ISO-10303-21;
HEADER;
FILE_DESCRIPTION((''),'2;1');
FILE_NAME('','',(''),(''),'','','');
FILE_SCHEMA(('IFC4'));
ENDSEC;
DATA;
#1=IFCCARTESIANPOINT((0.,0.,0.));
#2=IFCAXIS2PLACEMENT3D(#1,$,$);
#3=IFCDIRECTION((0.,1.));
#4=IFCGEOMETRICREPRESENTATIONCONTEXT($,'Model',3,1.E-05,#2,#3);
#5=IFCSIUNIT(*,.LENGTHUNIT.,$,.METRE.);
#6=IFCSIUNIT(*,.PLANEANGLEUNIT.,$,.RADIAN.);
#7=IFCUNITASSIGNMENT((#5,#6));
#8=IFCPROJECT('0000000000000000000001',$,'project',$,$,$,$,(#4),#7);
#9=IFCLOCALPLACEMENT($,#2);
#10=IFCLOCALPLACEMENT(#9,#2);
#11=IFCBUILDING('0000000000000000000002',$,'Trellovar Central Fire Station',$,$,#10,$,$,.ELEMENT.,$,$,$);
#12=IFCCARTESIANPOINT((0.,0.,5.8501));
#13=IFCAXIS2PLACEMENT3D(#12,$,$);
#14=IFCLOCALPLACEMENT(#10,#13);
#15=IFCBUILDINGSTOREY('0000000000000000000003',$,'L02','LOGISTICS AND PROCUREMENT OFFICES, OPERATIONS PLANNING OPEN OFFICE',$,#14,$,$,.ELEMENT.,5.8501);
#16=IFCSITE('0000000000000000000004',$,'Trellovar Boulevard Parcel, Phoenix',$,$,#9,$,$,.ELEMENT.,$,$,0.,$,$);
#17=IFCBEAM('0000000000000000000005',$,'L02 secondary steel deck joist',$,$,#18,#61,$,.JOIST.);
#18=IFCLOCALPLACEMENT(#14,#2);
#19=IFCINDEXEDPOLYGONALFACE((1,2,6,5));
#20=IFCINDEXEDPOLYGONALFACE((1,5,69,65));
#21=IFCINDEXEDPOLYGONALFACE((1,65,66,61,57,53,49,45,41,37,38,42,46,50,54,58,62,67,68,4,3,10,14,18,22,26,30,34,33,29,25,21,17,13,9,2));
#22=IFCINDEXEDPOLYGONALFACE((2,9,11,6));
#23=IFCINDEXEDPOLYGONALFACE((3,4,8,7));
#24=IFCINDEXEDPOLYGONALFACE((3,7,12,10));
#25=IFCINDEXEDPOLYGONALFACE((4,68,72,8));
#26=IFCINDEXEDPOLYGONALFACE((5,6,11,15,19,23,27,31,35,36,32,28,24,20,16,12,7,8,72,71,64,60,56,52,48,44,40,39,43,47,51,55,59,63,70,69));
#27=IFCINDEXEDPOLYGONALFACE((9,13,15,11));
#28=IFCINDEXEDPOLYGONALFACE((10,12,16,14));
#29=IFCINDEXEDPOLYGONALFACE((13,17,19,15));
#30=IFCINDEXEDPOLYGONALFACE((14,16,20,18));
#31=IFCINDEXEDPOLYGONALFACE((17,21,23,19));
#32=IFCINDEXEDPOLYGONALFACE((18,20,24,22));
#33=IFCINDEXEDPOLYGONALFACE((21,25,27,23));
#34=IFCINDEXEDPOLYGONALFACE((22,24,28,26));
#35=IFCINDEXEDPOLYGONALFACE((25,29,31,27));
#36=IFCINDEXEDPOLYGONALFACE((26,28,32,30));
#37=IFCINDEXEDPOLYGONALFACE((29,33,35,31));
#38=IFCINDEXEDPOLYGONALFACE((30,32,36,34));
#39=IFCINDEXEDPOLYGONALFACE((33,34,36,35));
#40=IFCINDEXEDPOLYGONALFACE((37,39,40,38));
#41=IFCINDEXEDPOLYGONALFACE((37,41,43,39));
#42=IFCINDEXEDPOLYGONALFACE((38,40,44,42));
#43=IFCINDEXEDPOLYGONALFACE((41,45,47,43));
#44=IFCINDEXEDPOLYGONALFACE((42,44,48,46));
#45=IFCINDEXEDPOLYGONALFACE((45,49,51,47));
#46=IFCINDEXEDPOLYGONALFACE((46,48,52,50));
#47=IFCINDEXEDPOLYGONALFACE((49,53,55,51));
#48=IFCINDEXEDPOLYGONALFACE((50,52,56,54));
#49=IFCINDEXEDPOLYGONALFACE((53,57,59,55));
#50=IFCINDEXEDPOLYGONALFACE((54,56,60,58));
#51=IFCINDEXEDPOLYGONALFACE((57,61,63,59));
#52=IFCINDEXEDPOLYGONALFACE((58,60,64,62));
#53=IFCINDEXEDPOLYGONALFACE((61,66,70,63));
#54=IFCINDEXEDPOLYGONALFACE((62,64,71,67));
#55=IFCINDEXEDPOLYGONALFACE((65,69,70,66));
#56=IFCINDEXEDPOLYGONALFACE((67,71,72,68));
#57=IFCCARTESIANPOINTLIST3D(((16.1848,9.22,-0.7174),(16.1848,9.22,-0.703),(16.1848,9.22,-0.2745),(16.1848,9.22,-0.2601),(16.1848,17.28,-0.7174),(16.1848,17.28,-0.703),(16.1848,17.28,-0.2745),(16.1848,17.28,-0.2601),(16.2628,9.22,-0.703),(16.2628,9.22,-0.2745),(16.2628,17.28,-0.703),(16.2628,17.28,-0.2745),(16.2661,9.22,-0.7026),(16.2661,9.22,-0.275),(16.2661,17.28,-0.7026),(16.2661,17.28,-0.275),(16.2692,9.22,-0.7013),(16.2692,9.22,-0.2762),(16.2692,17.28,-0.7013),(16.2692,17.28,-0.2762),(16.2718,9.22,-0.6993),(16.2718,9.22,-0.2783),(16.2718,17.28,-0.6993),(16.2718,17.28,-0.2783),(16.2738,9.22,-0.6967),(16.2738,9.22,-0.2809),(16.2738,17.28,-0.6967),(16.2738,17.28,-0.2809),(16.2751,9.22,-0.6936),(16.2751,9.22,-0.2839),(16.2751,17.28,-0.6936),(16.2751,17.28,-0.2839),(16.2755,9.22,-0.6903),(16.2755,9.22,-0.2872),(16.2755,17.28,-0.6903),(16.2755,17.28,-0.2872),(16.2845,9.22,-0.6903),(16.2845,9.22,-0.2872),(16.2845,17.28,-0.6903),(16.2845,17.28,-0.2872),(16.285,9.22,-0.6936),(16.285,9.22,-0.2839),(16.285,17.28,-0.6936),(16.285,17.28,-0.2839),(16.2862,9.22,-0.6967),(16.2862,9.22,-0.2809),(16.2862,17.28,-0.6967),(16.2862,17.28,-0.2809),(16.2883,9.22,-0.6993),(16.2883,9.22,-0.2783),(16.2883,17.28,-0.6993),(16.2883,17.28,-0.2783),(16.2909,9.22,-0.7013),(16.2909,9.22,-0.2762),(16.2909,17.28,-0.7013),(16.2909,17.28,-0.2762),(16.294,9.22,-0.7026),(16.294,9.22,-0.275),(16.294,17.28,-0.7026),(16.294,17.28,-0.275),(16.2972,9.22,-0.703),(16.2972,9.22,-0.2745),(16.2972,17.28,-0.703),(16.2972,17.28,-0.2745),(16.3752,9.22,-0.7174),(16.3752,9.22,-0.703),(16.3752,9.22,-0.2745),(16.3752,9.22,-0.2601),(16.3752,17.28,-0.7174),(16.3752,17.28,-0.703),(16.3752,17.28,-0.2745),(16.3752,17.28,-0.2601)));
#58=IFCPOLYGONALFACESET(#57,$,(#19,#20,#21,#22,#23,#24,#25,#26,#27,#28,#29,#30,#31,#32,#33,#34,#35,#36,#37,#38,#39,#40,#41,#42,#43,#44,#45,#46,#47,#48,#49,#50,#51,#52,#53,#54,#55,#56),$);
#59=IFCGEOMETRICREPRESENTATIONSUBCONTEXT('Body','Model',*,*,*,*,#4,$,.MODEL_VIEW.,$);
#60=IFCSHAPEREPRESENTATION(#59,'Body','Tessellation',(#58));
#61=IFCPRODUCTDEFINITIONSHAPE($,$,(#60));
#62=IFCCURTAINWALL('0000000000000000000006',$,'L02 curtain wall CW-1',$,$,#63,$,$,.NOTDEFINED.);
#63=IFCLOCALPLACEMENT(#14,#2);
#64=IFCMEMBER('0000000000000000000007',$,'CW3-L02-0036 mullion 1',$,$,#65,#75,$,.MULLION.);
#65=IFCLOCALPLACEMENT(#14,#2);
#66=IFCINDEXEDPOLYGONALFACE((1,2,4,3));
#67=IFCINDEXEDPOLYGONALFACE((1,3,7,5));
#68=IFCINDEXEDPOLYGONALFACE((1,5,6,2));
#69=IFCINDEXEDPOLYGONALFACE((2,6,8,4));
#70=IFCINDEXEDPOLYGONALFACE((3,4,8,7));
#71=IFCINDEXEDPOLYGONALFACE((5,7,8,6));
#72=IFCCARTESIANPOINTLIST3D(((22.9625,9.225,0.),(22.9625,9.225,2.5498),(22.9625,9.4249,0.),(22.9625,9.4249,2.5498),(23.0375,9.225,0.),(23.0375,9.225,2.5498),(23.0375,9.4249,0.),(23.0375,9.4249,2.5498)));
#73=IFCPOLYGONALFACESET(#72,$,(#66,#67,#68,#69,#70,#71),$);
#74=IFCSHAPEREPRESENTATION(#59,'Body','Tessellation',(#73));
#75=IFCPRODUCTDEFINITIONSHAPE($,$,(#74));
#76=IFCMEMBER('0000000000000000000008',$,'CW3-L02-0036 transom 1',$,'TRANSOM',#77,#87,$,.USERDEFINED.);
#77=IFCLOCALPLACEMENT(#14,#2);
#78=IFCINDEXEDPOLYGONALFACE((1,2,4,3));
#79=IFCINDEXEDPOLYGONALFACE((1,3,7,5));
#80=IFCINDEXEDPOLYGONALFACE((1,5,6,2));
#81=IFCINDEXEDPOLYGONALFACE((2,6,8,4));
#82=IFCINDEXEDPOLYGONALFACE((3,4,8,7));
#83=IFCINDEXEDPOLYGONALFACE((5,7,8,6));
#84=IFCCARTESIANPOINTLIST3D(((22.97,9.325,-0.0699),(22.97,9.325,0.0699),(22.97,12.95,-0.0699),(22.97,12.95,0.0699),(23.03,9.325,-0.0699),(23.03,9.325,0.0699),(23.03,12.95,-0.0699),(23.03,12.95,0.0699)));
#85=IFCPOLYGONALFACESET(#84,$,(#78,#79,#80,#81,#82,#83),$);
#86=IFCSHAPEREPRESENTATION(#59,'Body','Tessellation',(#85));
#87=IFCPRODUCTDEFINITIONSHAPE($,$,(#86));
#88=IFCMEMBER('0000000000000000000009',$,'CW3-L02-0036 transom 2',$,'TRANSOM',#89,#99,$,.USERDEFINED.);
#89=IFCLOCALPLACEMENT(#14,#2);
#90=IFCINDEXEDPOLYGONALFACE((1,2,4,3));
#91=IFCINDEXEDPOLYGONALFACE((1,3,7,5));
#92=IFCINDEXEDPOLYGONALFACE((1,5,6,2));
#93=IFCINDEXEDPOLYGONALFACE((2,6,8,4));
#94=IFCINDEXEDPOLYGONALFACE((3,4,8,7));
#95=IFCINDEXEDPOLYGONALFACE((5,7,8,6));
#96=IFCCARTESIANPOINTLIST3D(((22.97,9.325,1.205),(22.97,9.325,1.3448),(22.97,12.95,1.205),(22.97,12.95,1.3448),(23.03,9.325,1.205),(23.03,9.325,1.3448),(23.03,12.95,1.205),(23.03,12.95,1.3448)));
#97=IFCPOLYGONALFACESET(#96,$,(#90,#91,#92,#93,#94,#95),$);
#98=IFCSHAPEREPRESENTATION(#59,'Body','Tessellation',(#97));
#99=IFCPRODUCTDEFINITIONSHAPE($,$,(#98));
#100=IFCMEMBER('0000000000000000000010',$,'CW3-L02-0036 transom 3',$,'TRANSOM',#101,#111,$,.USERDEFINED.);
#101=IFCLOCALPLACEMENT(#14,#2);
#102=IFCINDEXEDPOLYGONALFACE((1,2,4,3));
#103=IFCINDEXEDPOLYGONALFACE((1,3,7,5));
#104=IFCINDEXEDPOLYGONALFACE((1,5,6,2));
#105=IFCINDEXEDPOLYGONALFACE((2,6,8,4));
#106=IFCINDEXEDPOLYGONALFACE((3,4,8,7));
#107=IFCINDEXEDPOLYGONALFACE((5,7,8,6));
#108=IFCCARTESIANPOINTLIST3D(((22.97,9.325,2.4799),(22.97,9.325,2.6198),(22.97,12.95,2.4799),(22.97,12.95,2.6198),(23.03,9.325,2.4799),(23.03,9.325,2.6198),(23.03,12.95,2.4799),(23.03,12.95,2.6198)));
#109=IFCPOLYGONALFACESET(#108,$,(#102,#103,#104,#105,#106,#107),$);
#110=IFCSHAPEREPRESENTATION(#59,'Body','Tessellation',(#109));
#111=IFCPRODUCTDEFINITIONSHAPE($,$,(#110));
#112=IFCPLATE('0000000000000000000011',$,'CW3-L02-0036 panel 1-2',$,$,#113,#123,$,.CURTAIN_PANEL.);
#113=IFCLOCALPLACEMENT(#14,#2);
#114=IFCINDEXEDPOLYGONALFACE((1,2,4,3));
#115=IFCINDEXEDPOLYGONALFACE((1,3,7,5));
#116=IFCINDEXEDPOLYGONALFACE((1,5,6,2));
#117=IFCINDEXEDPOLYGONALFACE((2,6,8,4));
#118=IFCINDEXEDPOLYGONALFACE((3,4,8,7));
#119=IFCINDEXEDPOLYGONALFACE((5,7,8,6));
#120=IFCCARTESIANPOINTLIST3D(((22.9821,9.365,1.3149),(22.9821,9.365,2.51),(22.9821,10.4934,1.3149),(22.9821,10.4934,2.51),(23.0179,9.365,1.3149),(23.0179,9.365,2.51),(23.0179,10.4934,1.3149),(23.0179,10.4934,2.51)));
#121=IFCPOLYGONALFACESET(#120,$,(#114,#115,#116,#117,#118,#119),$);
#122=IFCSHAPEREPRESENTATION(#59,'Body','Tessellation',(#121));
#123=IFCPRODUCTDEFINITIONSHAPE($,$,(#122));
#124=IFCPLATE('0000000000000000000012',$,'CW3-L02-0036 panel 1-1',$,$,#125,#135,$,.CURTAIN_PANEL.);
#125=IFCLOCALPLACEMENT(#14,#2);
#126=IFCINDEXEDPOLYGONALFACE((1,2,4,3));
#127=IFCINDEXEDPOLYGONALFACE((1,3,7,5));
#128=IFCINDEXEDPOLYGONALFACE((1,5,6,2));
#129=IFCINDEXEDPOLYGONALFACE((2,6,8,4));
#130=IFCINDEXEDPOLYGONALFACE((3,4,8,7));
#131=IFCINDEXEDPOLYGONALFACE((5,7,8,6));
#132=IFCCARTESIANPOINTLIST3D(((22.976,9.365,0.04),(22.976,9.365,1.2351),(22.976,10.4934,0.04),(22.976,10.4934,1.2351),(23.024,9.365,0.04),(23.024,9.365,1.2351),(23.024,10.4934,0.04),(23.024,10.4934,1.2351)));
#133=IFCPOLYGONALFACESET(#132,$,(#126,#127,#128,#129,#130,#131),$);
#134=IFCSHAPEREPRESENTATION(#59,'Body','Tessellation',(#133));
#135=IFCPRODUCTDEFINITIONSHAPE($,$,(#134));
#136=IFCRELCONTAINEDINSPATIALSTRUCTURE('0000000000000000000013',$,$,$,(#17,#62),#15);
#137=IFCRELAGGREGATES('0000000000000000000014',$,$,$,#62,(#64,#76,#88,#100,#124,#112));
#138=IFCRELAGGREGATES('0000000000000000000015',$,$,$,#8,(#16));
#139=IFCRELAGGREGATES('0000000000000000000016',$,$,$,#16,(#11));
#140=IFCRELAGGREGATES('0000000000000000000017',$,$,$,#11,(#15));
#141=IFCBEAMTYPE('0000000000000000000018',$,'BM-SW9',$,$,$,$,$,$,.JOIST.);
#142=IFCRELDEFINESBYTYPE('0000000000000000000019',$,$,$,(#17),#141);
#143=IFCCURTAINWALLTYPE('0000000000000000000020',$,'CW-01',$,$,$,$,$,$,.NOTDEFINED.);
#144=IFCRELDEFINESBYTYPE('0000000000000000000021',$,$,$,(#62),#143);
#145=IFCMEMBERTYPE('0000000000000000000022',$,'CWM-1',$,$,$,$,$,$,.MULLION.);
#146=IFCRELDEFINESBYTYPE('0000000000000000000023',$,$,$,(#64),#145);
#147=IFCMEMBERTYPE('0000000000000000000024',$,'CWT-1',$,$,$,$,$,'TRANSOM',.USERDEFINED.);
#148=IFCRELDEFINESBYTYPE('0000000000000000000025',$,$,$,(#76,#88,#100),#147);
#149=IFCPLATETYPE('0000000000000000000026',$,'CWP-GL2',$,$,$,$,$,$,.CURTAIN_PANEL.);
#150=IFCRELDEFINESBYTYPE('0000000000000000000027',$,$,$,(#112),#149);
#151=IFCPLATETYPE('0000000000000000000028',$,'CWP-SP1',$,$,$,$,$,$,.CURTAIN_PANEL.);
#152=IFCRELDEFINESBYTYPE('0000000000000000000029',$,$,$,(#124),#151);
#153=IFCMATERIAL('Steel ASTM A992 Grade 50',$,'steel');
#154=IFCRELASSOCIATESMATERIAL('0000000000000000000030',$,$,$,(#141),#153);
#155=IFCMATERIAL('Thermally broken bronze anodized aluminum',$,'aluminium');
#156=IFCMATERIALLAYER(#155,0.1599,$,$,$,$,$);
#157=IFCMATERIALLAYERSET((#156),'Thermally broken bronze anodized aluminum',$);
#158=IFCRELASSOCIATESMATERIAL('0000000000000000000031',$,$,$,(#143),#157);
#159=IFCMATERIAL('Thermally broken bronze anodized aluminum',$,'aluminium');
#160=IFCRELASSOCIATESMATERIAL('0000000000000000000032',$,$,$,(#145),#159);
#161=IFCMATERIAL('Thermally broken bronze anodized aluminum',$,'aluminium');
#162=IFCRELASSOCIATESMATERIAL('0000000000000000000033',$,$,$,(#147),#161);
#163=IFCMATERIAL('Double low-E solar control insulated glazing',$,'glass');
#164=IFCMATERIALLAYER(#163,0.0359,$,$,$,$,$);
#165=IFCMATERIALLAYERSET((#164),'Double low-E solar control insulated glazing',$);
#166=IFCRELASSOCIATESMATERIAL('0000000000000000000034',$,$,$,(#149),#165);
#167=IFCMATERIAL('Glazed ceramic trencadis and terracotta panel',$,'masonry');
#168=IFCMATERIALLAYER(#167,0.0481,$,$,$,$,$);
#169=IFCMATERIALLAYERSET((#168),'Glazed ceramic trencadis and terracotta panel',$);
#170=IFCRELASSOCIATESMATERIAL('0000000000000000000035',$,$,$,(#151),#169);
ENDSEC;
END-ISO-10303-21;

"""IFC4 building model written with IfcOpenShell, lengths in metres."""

from ifc_helpers import new_model, si_unit, direction, frame, origin, origin_2d, place, context, subcontext, project, spatial, rectangle, i_section, extrude, material, layer, layer_set, material_profile, profile_set, type_object, element, aggregate, save


model = new_model("IFC4")

# Units and contexts
model_context = context("Model", 3, precision=1e-05, world=origin(), true_north=direction((0.0, 1.0)))
body_context = subcontext(model_context, "Body", "Model", "MODEL_VIEW")
ifc_project = project(units=[si_unit("LENGTHUNIT", "METRE"), si_unit("PLANEANGLEUNIT", "RADIAN")], contexts=[model_context])

# Site, building, storey
site_placement = place(None, origin())
site = spatial("IfcSite", under=ifc_project, at=site_placement, Name="Trellovar Boulevard Parcel, Phoenix", CompositionType="ELEMENT", RefElevation=0.0)
building_placement = place(site_placement, origin())
building = spatial("IfcBuilding", under=site, at=building_placement, Name="Trellovar Central Fire Station", CompositionType="ELEMENT")
storey_placement = place(building_placement, frame((0.0, 0.0, 5.8501)))
storey = spatial("IfcBuildingStorey", under=building, at=storey_placement, Name="L02", Description="LOGISTICS AND PROCUREMENT OFFICES, OPERATIONS PLANNING OPEN OFFICE", CompositionType="ELEMENT", Elevation=5.8501)

# Beam
ifc_material_1 = material(Name="Steel ASTM A992 Grade 50", Category="steel")
ifc_material_profile_1 = material_profile(ifc_material_1, i_section(OverallWidth=0.1904, OverallDepth=0.4573, WebThickness=0.009, FlangeThickness=0.0144, FilletRadius=0.0127, at=origin_2d()), Name="W18X50")
ifc_profile_set_1 = profile_set([ifc_material_profile_1], Name="Steel ASTM A992 Grade 50")
beam_type_1 = type_object("IfcBeamType", Name="BM-SW9", PredefinedType="JOIST", material=ifc_profile_set_1)
beam_1_placement = place(storey_placement, frame((16.28, 9.22, -0.4888), z_axis=(0.0, 1.0, 0.0), x_axis=(-1.0, 0.0, 0.0)))
element("IfcBeam", 1, at=beam_1_placement, inside=storey, type_object=beam_type_1, Name="L02 secondary steel deck joist", PredefinedType="JOIST", context=body_context, shape_type="SweptSolid", body=[
    extrude(i_section(OverallWidth=0.1904, OverallDepth=0.4573, WebThickness=0.009, FlangeThickness=0.0144, FilletRadius=0.0127, at=origin_2d()), origin(), (0.0, 0.0, 1.0), 8.0601),
])

# Curtain wall, members, plates
ifc_material_2 = material(Name="Thermally broken bronze anodized aluminum", Category="aluminium")
ifc_layer_1 = layer(ifc_material_2, 0.1599)
ifc_layer_set_1 = layer_set([ifc_layer_1], Name="Thermally broken bronze anodized aluminum")
curtain_wall_type = type_object("IfcCurtainWallType", Name="CW-01", PredefinedType="NOTDEFINED", material=ifc_layer_set_1)
curtain_wall_placement = place(storey_placement, origin())
curtain_wall = element("IfcCurtainWall", 2, at=curtain_wall_placement, inside=storey, type_object=curtain_wall_type, Name="L02 curtain wall CW-1", PredefinedType="NOTDEFINED")
ifc_material_3 = material(Name="Thermally broken bronze anodized aluminum", Category="aluminium")
ifc_material_profile_2 = material_profile(ifc_material_3, rectangle(XDim=0.075, YDim=0.2, at=origin_2d()), Name="ALU75X200")
ifc_profile_set_2 = profile_set([ifc_material_profile_2], Name="Thermally broken bronze anodized aluminum")
member_type_1 = type_object("IfcMemberType", Name="CWM-1", PredefinedType="MULLION", material=ifc_profile_set_2)
member_1_placement = place(storey_placement, frame((23.0, 9.325, 0.0), z_axis=(0.0, 0.0, 1.0), x_axis=(1.0, 0.0, 0.0)))
member_1 = element("IfcMember", 3, at=member_1_placement, type_object=member_type_1, Name="CW3-L02-0036 mullion 1", PredefinedType="MULLION", context=body_context, shape_type="SweptSolid", body=[
    extrude(rectangle(XDim=0.075, YDim=0.2, at=origin_2d()), origin(), (0.0, 0.0, 1.0), 2.5498),
])
ifc_material_4 = material(Name="Thermally broken bronze anodized aluminum", Category="aluminium")
ifc_material_profile_3 = material_profile(ifc_material_4, rectangle(XDim=0.0601, YDim=0.1399, at=origin_2d()), Name="ALU60X140")
ifc_profile_set_3 = profile_set([ifc_material_profile_3], Name="Thermally broken bronze anodized aluminum")
member_type_2 = type_object("IfcMemberType", Name="CWT-1", ElementType="TRANSOM", PredefinedType="USERDEFINED", material=ifc_profile_set_3)
member_2_placement = place(storey_placement, frame((23.0, 9.325, 0.0), z_axis=(0.0, 1.0, 0.0), x_axis=(-1.0, 0.0, 0.0)))
member_2 = element("IfcMember", 4, at=member_2_placement, type_object=member_type_2, Name="CW3-L02-0036 transom 1", ObjectType="TRANSOM", PredefinedType="USERDEFINED", context=body_context, shape_type="SweptSolid", body=[
    extrude(rectangle(XDim=0.0601, YDim=0.1399, at=origin_2d()), origin(), (0.0, 0.0, 1.0), 3.625),
])
member_3_placement = place(storey_placement, frame((23.0, 9.325, 1.2749), z_axis=(0.0, 1.0, 0.0), x_axis=(-1.0, 0.0, 0.0)))
member_3 = element("IfcMember", 5, at=member_3_placement, type_object=member_type_2, Name="CW3-L02-0036 transom 2", ObjectType="TRANSOM", PredefinedType="USERDEFINED", context=body_context, shape_type="SweptSolid", body=[
    extrude(rectangle(XDim=0.0601, YDim=0.1399, at=origin_2d()), origin(), (0.0, 0.0, 1.0), 3.625),
])
member_4_placement = place(storey_placement, frame((23.0, 9.325, 2.5498), z_axis=(0.0, 1.0, 0.0), x_axis=(-1.0, 0.0, 0.0)))
member_4 = element("IfcMember", 6, at=member_4_placement, type_object=member_type_2, Name="CW3-L02-0036 transom 3", ObjectType="TRANSOM", PredefinedType="USERDEFINED", context=body_context, shape_type="SweptSolid", body=[
    extrude(rectangle(XDim=0.0601, YDim=0.1399, at=origin_2d()), origin(), (0.0, 0.0, 1.0), 3.625),
])
ifc_material_5 = material(Name="Double low-E solar control insulated glazing", Category="glass")
ifc_layer_2 = layer(ifc_material_5, 0.0359)
ifc_layer_set_2 = layer_set([ifc_layer_2], Name="Double low-E solar control insulated glazing")
plate_type_1 = type_object("IfcPlateType", Name="CWP-GL2", PredefinedType="CURTAIN_PANEL", material=ifc_layer_set_2)
plate_1_placement = place(storey_placement, frame((23.0, 9.9292, 1.3149), z_axis=(0.0, 0.0, 1.0), x_axis=(0.0, 1.0, 0.0)))
plate_1 = element("IfcPlate", 7, at=plate_1_placement, type_object=plate_type_1, Name="CW3-L02-0036 panel 1-2", PredefinedType="CURTAIN_PANEL", context=body_context, shape_type="SweptSolid", body=[
    extrude(rectangle(XDim=1.1284, YDim=0.0359, at=origin_2d()), origin(), (0.0, 0.0, 1.0), 1.1951),
])
ifc_material_6 = material(Name="Glazed ceramic trencadis and terracotta panel", Category="masonry")
ifc_layer_3 = layer(ifc_material_6, 0.0481)
ifc_layer_set_3 = layer_set([ifc_layer_3], Name="Glazed ceramic trencadis and terracotta panel")
plate_type_2 = type_object("IfcPlateType", Name="CWP-SP1", PredefinedType="CURTAIN_PANEL", material=ifc_layer_set_3)
plate_2_placement = place(storey_placement, frame((23.0, 9.9292, 0.04), z_axis=(0.0, 0.0, 1.0), x_axis=(0.0, 1.0, 0.0)))
plate_2 = element("IfcPlate", 8, at=plate_2_placement, type_object=plate_type_2, Name="CW3-L02-0036 panel 1-1", PredefinedType="CURTAIN_PANEL", context=body_context, shape_type="SweptSolid", body=[
    extrude(rectangle(XDim=1.1284, YDim=0.0481, at=origin_2d()), origin(), (0.0, 0.0, 1.0), 1.1951),
])
aggregate(curtain_wall, [member_1, member_2, member_3, member_4, plate_2, plate_1])

save(model, "model.ifc")
